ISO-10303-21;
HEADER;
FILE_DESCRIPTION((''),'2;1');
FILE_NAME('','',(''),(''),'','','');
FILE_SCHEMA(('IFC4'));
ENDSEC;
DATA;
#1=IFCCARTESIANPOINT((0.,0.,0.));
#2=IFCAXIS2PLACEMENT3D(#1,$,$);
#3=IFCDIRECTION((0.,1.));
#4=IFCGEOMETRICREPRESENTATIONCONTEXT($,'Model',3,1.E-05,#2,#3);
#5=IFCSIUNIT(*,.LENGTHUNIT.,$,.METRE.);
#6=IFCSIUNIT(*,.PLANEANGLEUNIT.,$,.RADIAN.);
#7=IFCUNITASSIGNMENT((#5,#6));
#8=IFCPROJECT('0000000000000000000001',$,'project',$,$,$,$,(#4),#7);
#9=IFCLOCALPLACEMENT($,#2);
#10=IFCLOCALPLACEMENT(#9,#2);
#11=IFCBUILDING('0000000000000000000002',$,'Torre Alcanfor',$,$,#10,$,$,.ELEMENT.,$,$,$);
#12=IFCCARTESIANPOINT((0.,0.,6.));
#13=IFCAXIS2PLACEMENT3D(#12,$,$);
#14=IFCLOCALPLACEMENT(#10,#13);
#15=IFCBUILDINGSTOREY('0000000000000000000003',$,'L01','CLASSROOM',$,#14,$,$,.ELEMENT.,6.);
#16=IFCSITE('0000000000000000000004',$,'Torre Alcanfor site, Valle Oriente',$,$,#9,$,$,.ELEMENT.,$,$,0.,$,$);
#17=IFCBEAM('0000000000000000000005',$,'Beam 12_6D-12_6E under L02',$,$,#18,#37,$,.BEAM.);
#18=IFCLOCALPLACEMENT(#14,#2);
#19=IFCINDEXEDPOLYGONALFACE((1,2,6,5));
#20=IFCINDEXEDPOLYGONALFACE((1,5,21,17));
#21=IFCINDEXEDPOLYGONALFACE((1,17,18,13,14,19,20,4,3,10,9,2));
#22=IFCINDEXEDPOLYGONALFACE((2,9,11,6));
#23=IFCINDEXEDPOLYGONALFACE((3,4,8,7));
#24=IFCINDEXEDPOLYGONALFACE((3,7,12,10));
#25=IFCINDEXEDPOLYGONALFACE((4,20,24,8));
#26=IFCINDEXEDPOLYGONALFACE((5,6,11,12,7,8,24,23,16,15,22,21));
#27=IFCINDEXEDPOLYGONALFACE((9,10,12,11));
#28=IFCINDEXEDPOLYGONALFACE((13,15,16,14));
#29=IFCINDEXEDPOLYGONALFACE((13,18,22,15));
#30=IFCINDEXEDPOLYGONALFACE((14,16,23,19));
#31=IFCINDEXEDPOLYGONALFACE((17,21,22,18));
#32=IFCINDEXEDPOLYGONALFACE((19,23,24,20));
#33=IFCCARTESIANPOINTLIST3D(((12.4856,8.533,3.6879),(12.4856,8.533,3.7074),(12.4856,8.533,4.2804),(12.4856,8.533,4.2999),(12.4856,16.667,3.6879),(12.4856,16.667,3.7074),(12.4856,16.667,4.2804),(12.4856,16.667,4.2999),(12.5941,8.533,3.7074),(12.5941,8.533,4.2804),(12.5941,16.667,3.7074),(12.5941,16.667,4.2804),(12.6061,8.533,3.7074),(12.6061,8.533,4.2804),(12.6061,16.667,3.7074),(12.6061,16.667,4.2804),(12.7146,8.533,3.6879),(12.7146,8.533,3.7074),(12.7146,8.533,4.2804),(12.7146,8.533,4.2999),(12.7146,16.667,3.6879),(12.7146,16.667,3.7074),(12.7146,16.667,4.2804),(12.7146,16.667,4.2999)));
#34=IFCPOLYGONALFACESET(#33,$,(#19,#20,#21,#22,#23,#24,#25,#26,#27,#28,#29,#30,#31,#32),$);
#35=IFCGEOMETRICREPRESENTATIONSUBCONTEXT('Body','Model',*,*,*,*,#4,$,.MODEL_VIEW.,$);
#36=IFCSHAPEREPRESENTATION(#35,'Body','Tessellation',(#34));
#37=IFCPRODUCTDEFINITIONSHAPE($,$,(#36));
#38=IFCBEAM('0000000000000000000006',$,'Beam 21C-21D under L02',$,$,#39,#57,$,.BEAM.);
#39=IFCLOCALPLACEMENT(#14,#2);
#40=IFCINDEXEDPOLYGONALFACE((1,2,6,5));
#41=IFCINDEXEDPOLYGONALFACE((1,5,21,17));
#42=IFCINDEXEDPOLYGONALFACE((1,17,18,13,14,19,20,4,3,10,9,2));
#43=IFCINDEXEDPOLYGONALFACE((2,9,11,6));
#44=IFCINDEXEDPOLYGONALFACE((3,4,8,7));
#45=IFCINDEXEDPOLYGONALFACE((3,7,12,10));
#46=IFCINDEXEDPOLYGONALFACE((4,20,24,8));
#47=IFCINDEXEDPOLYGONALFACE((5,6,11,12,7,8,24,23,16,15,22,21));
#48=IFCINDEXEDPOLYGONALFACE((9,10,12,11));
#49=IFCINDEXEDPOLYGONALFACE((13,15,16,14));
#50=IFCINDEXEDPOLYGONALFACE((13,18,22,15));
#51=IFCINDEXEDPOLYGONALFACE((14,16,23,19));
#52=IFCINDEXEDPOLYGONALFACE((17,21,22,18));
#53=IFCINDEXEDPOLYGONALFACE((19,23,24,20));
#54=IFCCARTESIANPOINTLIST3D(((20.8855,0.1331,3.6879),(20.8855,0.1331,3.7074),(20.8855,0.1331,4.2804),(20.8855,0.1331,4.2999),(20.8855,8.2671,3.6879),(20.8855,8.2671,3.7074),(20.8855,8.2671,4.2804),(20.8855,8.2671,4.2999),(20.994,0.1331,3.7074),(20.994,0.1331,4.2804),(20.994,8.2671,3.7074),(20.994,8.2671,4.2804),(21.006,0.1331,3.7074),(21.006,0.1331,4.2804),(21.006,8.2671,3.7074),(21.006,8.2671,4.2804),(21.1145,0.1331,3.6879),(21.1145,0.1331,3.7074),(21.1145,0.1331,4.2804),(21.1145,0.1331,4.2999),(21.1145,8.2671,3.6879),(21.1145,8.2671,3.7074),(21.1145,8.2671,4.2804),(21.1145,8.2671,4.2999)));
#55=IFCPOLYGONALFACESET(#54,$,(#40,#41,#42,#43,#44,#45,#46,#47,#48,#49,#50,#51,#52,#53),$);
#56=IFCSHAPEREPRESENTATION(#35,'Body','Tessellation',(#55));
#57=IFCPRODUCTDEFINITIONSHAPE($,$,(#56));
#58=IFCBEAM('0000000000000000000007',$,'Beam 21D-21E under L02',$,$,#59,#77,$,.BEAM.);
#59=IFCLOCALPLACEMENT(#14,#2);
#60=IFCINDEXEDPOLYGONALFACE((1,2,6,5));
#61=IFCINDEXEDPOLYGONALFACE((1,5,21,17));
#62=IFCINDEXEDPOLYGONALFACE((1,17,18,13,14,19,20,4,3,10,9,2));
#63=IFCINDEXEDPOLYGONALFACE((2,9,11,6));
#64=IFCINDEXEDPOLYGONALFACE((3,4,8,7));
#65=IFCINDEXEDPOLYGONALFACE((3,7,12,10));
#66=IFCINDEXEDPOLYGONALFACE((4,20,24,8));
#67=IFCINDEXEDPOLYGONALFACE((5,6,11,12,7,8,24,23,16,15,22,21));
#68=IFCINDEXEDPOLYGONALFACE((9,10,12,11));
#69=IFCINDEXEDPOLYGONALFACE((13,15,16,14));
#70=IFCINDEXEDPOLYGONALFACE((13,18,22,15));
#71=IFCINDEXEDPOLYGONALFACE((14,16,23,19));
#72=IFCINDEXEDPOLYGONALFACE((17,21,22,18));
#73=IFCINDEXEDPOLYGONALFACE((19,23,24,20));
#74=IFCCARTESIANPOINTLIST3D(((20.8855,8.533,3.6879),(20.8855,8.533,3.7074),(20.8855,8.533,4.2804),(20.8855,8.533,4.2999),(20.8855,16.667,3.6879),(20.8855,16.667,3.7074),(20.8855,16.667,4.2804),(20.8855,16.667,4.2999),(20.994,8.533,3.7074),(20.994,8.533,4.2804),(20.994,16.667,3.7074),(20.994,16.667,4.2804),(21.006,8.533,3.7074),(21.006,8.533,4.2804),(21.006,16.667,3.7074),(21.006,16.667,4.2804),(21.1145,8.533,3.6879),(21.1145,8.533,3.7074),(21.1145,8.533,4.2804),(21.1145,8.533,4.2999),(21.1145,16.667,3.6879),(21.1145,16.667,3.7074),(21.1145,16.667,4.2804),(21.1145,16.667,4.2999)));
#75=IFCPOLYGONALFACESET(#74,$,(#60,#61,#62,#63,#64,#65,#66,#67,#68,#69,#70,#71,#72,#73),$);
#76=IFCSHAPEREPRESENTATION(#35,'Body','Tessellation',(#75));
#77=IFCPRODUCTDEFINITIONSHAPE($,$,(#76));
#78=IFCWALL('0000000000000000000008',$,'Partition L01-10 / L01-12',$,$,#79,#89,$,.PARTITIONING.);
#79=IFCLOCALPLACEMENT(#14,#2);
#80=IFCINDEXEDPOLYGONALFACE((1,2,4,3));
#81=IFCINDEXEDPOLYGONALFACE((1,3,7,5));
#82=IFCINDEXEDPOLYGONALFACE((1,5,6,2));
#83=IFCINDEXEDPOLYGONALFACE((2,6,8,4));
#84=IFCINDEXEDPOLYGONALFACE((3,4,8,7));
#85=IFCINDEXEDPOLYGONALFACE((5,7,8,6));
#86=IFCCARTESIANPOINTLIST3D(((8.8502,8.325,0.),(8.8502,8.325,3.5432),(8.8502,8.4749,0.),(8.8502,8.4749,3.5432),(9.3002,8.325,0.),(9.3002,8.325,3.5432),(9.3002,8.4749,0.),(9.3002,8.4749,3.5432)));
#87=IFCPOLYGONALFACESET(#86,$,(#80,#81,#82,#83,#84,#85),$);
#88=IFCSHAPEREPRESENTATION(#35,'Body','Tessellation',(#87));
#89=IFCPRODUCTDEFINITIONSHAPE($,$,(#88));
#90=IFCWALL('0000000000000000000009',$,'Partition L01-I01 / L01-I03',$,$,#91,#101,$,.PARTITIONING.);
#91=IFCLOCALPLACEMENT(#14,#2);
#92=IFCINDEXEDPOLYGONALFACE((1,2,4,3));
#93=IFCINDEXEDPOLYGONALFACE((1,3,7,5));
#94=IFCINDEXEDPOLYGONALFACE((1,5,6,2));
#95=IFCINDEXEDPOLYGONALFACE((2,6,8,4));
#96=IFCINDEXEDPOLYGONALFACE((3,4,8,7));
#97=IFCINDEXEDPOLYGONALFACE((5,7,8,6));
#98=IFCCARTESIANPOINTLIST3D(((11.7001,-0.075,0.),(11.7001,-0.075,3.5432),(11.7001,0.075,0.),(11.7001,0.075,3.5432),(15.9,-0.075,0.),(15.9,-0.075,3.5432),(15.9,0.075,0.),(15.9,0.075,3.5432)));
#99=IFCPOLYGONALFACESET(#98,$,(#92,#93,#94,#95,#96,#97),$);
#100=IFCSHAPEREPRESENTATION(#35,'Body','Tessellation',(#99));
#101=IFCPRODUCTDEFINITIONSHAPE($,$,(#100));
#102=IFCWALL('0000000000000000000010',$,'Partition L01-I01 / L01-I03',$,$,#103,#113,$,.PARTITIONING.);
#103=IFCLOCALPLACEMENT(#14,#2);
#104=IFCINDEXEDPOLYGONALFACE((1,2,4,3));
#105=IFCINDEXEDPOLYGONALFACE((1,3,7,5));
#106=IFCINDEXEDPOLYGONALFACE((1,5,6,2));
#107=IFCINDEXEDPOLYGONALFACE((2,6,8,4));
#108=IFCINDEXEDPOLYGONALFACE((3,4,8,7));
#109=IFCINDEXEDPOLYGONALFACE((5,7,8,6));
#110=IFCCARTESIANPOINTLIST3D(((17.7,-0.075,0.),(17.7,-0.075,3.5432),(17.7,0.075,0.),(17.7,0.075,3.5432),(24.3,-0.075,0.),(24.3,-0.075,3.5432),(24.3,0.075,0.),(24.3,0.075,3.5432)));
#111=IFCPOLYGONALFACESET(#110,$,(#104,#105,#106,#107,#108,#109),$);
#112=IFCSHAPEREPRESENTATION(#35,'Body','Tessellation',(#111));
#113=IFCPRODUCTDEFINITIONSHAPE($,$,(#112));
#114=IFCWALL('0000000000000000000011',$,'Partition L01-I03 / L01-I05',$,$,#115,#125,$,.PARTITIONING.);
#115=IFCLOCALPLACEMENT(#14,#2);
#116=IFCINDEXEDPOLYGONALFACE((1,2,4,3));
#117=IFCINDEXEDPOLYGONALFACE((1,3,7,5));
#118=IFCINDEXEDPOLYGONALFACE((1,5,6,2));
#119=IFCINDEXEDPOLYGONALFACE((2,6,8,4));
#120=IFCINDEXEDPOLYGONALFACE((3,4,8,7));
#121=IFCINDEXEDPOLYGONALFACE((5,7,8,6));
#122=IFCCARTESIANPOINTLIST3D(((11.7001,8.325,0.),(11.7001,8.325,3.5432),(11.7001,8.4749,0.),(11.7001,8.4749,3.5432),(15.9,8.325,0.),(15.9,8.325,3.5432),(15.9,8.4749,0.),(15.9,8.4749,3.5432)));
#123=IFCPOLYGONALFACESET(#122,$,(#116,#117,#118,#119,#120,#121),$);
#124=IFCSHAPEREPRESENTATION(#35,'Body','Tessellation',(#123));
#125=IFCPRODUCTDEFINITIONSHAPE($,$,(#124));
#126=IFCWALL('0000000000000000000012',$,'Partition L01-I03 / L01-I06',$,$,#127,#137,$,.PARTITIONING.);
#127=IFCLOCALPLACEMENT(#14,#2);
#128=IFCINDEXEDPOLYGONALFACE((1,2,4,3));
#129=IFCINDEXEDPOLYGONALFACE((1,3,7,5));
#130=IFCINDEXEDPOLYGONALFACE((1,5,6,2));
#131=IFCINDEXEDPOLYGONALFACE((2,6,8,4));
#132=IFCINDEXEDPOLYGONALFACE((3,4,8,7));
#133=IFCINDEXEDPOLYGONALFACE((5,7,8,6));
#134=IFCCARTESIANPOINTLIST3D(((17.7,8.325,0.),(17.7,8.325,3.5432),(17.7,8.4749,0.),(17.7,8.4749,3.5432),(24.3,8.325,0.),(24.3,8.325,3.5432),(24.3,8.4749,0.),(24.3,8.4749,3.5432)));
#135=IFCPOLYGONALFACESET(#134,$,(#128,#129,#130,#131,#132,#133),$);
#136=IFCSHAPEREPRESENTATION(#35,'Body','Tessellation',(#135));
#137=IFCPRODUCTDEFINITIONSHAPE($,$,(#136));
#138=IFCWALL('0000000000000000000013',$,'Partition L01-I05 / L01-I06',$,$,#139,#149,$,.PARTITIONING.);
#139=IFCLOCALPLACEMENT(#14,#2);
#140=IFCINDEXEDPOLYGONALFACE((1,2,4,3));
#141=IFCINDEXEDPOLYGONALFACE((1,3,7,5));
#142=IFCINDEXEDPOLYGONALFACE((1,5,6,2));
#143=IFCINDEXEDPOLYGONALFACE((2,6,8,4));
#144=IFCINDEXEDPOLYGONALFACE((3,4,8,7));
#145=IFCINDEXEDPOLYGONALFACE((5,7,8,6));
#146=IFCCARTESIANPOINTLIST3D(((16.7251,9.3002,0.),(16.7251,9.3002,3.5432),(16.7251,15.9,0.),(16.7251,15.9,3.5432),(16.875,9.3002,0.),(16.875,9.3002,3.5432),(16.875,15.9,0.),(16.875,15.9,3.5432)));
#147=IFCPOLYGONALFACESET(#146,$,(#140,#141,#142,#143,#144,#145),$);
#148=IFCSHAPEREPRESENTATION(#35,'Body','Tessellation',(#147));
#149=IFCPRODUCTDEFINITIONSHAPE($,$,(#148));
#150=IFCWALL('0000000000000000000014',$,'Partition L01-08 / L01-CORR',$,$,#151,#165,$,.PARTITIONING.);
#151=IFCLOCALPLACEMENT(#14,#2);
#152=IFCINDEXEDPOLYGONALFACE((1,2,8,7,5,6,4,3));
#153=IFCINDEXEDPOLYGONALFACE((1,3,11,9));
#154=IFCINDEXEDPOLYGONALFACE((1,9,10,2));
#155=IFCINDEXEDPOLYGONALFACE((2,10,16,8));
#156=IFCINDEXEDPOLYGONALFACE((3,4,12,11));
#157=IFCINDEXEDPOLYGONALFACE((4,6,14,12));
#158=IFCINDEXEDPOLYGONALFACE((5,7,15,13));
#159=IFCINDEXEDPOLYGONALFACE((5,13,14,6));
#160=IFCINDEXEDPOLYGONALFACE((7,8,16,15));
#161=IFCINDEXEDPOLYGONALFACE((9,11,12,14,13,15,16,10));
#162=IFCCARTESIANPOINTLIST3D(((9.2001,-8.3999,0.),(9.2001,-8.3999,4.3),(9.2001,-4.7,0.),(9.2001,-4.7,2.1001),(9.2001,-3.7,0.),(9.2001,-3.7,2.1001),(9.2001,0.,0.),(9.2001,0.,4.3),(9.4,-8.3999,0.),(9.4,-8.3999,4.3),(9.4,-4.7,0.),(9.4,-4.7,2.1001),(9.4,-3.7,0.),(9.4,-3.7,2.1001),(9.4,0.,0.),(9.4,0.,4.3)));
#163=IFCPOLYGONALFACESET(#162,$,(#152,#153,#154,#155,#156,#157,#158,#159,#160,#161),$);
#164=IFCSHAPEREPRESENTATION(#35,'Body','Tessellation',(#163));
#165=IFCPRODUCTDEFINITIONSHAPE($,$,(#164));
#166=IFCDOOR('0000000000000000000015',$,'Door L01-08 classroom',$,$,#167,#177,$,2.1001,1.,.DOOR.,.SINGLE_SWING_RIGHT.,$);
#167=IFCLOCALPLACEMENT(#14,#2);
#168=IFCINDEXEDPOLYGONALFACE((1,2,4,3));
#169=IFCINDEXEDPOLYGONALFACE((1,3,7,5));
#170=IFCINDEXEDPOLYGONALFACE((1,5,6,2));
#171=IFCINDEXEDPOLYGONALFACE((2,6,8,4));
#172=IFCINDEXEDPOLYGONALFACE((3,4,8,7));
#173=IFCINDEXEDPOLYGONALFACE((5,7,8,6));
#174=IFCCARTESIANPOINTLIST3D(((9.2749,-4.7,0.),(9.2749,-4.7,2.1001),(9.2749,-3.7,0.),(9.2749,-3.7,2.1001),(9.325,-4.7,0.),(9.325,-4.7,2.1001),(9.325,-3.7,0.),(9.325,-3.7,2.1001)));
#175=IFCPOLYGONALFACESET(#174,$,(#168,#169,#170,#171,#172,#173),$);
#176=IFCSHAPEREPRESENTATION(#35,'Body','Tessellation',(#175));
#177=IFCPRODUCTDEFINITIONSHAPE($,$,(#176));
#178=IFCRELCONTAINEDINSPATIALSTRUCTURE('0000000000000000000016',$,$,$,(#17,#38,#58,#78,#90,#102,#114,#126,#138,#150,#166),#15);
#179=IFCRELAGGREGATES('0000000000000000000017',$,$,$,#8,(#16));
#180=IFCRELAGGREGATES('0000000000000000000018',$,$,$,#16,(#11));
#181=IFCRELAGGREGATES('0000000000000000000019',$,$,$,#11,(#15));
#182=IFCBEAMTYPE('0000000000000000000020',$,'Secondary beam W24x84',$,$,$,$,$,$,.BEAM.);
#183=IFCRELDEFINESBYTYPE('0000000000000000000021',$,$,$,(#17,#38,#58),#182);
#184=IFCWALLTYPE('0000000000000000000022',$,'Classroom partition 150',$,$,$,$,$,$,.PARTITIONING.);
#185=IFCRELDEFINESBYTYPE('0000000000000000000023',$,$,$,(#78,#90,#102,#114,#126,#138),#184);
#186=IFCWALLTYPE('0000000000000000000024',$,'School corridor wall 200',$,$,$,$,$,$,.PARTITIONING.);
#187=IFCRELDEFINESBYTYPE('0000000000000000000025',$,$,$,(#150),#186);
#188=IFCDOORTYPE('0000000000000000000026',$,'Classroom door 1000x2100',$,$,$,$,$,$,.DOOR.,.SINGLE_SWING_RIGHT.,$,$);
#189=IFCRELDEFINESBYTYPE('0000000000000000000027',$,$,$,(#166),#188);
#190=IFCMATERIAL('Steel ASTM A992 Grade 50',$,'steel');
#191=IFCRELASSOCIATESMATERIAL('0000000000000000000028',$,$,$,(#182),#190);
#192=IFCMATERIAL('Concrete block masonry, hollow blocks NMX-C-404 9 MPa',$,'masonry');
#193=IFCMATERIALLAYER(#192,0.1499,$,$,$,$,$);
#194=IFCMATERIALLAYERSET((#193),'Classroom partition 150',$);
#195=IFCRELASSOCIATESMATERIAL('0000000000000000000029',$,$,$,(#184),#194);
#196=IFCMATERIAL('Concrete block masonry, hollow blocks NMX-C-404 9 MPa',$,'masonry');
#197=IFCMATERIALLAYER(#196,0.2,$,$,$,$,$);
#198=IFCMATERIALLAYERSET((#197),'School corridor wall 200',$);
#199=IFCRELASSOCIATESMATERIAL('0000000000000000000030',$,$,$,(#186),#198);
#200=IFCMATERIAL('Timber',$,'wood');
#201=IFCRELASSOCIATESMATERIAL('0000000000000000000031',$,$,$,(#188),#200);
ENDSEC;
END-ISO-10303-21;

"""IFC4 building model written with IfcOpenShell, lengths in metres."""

from ifc_helpers import new_model, si_unit, direction, frame, frame_2d, origin, origin_2d, place, context, subcontext, project, spatial, rectangle, i_section, extrude, material, layer, layer_set, material_profile, profile_set, type_object, element, fill, save


model = new_model("IFC4")

# Units and contexts
model_context = context("Model", 3, precision=1e-05, world=origin(), true_north=direction((0.0, 1.0)))
body_context = subcontext(model_context, "Body", "Model", "MODEL_VIEW")
ifc_project = project(units=[si_unit("LENGTHUNIT", "METRE"), si_unit("PLANEANGLEUNIT", "RADIAN")], contexts=[model_context])

# Site, building, storey
site_placement = place(None, origin())
site = spatial("IfcSite", under=ifc_project, at=site_placement, Name="Torre Alcanfor site, Valle Oriente", CompositionType="ELEMENT", RefElevation=0.0)
building_placement = place(site_placement, origin())
building = spatial("IfcBuilding", under=site, at=building_placement, Name="Torre Alcanfor", CompositionType="ELEMENT")
storey_placement = place(building_placement, frame((0.0, 0.0, 6.0)))
storey = spatial("IfcBuildingStorey", under=building, at=storey_placement, Name="L01", Description="CLASSROOM", CompositionType="ELEMENT", Elevation=6.0)

# Beams
ifc_material_1 = material(Name="Steel ASTM A992 Grade 50", Category="steel")
ifc_material_profile_1 = material_profile(ifc_material_1, i_section(OverallWidth=0.229, OverallDepth=0.6121, WebThickness=0.012, FlangeThickness=0.0195, at=origin_2d()), Name="W24x84")
ifc_profile_set_1 = profile_set([ifc_material_profile_1], Name="Steel ASTM A992 Grade 50")
beam_type_1 = type_object("IfcBeamType", Name="Secondary beam W24x84", PredefinedType="BEAM", material=ifc_profile_set_1)
for number, where, z_axis, x_axis, name in (
    (1, (12.6001, 8.533, 3.9939), (0.0, 1.0, 0.0), (-1.0, 0.0, 0.0), "Beam 12_6D-12_6E under L02"),
    (2, (21.0, 0.1331, 3.9939), (0.0, 1.0, 0.0), (-1.0, 0.0, 0.0), "Beam 21C-21D under L02"),
    (3, (21.0, 8.533, 3.9939), (0.0, 1.0, 0.0), (-1.0, 0.0, 0.0), "Beam 21D-21E under L02"),
):
    element("IfcBeam", number, at=place(storey_placement, frame(where, z_axis=z_axis, x_axis=x_axis)), inside=storey, type_object=beam_type_1, Name=name, PredefinedType="BEAM", context=body_context, shape_type="SweptSolid", body=[
        extrude(i_section(OverallWidth=0.229, OverallDepth=0.6121, WebThickness=0.012, FlangeThickness=0.0195, at=origin_2d()), origin(), (0.0, 0.0, 1.0), 8.134),
    ])

# Walls
ifc_material_2 = material(Name="Concrete block masonry, hollow blocks NMX-C-404 9 MPa", Category="masonry")
ifc_layer_1 = layer(ifc_material_2, 0.1499)
ifc_layer_set_1 = layer_set([ifc_layer_1], Name="Classroom partition 150")
wall_type_1 = type_object("IfcWallType", Name="Classroom partition 150", PredefinedType="PARTITIONING", material=ifc_layer_set_1)
wall_1_placement = place(storey_placement, frame((8.8501, 8.3999, 0.0), z_axis=(0.0, 0.0, 1.0), x_axis=(1.0, 0.0, 0.0)))
element("IfcWall", 4, at=wall_1_placement, inside=storey, type_object=wall_type_1, Name="Partition L01-10 / L01-12", PredefinedType="PARTITIONING", context=body_context, shape_type="SweptSolid", body=[
    extrude(rectangle(XDim=0.45, YDim=0.1499, at=frame_2d((0.2251, 0.0))), origin(), (0.0, 0.0, 1.0), 3.5432),
])
wall_2_placement = place(storey_placement, frame((11.7, 0.0, 0.0), z_axis=(0.0, 0.0, 1.0), x_axis=(1.0, 0.0, 0.0)))
element("IfcWall", 5, at=wall_2_placement, inside=storey, type_object=wall_type_1, Name="Partition L01-I01 / L01-I03", PredefinedType="PARTITIONING", context=body_context, shape_type="SweptSolid", body=[
    extrude(rectangle(XDim=4.2, YDim=0.1499, at=frame_2d((2.1001, 0.0))), origin(), (0.0, 0.0, 1.0), 3.5432),
])
wall_3_placement = place(storey_placement, frame((17.7, 0.0, 0.0), z_axis=(0.0, 0.0, 1.0), x_axis=(1.0, 0.0, 0.0)))
element("IfcWall", 6, at=wall_3_placement, inside=storey, type_object=wall_type_1, Name="Partition L01-I01 / L01-I03", PredefinedType="PARTITIONING", context=body_context, shape_type="SweptSolid", body=[
    extrude(rectangle(XDim=6.6001, YDim=0.1499, at=frame_2d((3.3, 0.0))), origin(), (0.0, 0.0, 1.0), 3.5432),
])
wall_4_placement = place(storey_placement, frame((11.7, 8.3999, 0.0), z_axis=(0.0, 0.0, 1.0), x_axis=(1.0, 0.0, 0.0)))
element("IfcWall", 7, at=wall_4_placement, inside=storey, type_object=wall_type_1, Name="Partition L01-I03 / L01-I05", PredefinedType="PARTITIONING", context=body_context, shape_type="SweptSolid", body=[
    extrude(rectangle(XDim=4.2, YDim=0.1499, at=frame_2d((2.1001, 0.0))), origin(), (0.0, 0.0, 1.0), 3.5432),
])
wall_5_placement = place(storey_placement, frame((17.7, 8.3999, 0.0), z_axis=(0.0, 0.0, 1.0), x_axis=(1.0, 0.0, 0.0)))
element("IfcWall", 8, at=wall_5_placement, inside=storey, type_object=wall_type_1, Name="Partition L01-I03 / L01-I06", PredefinedType="PARTITIONING", context=body_context, shape_type="SweptSolid", body=[
    extrude(rectangle(XDim=6.6001, YDim=0.1499, at=frame_2d((3.3, 0.0))), origin(), (0.0, 0.0, 1.0), 3.5432),
])
wall_6_placement = place(storey_placement, frame((16.8, 15.8999, 0.0), z_axis=(0.0, 0.0, 1.0), x_axis=(0.0, -1.0, 0.0)))
element("IfcWall", 9, at=wall_6_placement, inside=storey, type_object=wall_type_1, Name="Partition L01-I05 / L01-I06", PredefinedType="PARTITIONING", context=body_context, shape_type="SweptSolid", body=[
    extrude(rectangle(XDim=6.5999, YDim=0.1499, at=frame_2d((3.2998, 0.0))), origin(), (0.0, 0.0, 1.0), 3.5432),
])

# Wall, opening, door
ifc_material_3 = material(Name="Concrete block masonry, hollow blocks NMX-C-404 9 MPa", Category="masonry")
ifc_layer_2 = layer(ifc_material_3, 0.2)
ifc_layer_set_2 = layer_set([ifc_layer_2], Name="School corridor wall 200")
wall_type_2 = type_object("IfcWallType", Name="School corridor wall 200", PredefinedType="PARTITIONING", material=ifc_layer_set_2)
wall_7_placement = place(storey_placement, frame((9.3, 0.0, 0.0), z_axis=(0.0, 0.0, 1.0), x_axis=(0.0, -1.0, 0.0)))
wall_7 = element("IfcWall", 10, at=wall_7_placement, inside=storey, type_object=wall_type_2, Name="Partition L01-08 / L01-CORR", PredefinedType="PARTITIONING", context=body_context, shape_type="SweptSolid", body=[
    extrude(rectangle(XDim=8.3999, YDim=0.2, at=frame_2d((4.2, 0.0))), origin(), (0.0, 0.0, 1.0), 4.3),
])
opening_1_placement = place(wall_7_placement, frame((3.7, 0.0, 0.0)))
opening_1 = element("IfcOpeningElement", 11, at=opening_1_placement, cuts=wall_7, PredefinedType="OPENING", context=body_context, shape_type="SweptSolid", body=[
    extrude(rectangle(XDim=1.0, YDim=2.1001, at=frame_2d((0.5, 1.05))), frame((0.0, 0.1099, 0.0), z_axis=(0.0, -1.0, 0.0), x_axis=(1.0, 0.0, 0.0)), (0.0, 0.0, 1.0), 0.22),
])
ifc_material_4 = material(Name="Timber", Category="wood")
door_type = type_object("IfcDoorType", Name="Classroom door 1000x2100", OperationType="SINGLE_SWING_RIGHT", PredefinedType="DOOR", material=ifc_material_4)
door_1_placement = place(opening_1_placement, frame((1.0, 0.0, 0.0), z_axis=(0.0, 0.0, 1.0), x_axis=(-1.0, 0.0, 0.0)))
door_1 = element("IfcDoor", 12, at=door_1_placement, inside=storey, type_object=door_type, Name="Door L01-08 classroom", OperationType="SINGLE_SWING_RIGHT", OverallHeight=2.1001, OverallWidth=1.0, PredefinedType="DOOR", context=body_context, shape_type="SweptSolid", body=[
    extrude(rectangle(XDim=1.0, YDim=2.1001, at=frame_2d((0.5, 1.05))), frame((0.0, 0.0251, 0.0), z_axis=(0.0, -1.0, 0.0), x_axis=(1.0, 0.0, 0.0)), (0.0, 0.0, 1.0), 0.05),
])
fill(opening_1, door_1)

save(model, "model.ifc")
